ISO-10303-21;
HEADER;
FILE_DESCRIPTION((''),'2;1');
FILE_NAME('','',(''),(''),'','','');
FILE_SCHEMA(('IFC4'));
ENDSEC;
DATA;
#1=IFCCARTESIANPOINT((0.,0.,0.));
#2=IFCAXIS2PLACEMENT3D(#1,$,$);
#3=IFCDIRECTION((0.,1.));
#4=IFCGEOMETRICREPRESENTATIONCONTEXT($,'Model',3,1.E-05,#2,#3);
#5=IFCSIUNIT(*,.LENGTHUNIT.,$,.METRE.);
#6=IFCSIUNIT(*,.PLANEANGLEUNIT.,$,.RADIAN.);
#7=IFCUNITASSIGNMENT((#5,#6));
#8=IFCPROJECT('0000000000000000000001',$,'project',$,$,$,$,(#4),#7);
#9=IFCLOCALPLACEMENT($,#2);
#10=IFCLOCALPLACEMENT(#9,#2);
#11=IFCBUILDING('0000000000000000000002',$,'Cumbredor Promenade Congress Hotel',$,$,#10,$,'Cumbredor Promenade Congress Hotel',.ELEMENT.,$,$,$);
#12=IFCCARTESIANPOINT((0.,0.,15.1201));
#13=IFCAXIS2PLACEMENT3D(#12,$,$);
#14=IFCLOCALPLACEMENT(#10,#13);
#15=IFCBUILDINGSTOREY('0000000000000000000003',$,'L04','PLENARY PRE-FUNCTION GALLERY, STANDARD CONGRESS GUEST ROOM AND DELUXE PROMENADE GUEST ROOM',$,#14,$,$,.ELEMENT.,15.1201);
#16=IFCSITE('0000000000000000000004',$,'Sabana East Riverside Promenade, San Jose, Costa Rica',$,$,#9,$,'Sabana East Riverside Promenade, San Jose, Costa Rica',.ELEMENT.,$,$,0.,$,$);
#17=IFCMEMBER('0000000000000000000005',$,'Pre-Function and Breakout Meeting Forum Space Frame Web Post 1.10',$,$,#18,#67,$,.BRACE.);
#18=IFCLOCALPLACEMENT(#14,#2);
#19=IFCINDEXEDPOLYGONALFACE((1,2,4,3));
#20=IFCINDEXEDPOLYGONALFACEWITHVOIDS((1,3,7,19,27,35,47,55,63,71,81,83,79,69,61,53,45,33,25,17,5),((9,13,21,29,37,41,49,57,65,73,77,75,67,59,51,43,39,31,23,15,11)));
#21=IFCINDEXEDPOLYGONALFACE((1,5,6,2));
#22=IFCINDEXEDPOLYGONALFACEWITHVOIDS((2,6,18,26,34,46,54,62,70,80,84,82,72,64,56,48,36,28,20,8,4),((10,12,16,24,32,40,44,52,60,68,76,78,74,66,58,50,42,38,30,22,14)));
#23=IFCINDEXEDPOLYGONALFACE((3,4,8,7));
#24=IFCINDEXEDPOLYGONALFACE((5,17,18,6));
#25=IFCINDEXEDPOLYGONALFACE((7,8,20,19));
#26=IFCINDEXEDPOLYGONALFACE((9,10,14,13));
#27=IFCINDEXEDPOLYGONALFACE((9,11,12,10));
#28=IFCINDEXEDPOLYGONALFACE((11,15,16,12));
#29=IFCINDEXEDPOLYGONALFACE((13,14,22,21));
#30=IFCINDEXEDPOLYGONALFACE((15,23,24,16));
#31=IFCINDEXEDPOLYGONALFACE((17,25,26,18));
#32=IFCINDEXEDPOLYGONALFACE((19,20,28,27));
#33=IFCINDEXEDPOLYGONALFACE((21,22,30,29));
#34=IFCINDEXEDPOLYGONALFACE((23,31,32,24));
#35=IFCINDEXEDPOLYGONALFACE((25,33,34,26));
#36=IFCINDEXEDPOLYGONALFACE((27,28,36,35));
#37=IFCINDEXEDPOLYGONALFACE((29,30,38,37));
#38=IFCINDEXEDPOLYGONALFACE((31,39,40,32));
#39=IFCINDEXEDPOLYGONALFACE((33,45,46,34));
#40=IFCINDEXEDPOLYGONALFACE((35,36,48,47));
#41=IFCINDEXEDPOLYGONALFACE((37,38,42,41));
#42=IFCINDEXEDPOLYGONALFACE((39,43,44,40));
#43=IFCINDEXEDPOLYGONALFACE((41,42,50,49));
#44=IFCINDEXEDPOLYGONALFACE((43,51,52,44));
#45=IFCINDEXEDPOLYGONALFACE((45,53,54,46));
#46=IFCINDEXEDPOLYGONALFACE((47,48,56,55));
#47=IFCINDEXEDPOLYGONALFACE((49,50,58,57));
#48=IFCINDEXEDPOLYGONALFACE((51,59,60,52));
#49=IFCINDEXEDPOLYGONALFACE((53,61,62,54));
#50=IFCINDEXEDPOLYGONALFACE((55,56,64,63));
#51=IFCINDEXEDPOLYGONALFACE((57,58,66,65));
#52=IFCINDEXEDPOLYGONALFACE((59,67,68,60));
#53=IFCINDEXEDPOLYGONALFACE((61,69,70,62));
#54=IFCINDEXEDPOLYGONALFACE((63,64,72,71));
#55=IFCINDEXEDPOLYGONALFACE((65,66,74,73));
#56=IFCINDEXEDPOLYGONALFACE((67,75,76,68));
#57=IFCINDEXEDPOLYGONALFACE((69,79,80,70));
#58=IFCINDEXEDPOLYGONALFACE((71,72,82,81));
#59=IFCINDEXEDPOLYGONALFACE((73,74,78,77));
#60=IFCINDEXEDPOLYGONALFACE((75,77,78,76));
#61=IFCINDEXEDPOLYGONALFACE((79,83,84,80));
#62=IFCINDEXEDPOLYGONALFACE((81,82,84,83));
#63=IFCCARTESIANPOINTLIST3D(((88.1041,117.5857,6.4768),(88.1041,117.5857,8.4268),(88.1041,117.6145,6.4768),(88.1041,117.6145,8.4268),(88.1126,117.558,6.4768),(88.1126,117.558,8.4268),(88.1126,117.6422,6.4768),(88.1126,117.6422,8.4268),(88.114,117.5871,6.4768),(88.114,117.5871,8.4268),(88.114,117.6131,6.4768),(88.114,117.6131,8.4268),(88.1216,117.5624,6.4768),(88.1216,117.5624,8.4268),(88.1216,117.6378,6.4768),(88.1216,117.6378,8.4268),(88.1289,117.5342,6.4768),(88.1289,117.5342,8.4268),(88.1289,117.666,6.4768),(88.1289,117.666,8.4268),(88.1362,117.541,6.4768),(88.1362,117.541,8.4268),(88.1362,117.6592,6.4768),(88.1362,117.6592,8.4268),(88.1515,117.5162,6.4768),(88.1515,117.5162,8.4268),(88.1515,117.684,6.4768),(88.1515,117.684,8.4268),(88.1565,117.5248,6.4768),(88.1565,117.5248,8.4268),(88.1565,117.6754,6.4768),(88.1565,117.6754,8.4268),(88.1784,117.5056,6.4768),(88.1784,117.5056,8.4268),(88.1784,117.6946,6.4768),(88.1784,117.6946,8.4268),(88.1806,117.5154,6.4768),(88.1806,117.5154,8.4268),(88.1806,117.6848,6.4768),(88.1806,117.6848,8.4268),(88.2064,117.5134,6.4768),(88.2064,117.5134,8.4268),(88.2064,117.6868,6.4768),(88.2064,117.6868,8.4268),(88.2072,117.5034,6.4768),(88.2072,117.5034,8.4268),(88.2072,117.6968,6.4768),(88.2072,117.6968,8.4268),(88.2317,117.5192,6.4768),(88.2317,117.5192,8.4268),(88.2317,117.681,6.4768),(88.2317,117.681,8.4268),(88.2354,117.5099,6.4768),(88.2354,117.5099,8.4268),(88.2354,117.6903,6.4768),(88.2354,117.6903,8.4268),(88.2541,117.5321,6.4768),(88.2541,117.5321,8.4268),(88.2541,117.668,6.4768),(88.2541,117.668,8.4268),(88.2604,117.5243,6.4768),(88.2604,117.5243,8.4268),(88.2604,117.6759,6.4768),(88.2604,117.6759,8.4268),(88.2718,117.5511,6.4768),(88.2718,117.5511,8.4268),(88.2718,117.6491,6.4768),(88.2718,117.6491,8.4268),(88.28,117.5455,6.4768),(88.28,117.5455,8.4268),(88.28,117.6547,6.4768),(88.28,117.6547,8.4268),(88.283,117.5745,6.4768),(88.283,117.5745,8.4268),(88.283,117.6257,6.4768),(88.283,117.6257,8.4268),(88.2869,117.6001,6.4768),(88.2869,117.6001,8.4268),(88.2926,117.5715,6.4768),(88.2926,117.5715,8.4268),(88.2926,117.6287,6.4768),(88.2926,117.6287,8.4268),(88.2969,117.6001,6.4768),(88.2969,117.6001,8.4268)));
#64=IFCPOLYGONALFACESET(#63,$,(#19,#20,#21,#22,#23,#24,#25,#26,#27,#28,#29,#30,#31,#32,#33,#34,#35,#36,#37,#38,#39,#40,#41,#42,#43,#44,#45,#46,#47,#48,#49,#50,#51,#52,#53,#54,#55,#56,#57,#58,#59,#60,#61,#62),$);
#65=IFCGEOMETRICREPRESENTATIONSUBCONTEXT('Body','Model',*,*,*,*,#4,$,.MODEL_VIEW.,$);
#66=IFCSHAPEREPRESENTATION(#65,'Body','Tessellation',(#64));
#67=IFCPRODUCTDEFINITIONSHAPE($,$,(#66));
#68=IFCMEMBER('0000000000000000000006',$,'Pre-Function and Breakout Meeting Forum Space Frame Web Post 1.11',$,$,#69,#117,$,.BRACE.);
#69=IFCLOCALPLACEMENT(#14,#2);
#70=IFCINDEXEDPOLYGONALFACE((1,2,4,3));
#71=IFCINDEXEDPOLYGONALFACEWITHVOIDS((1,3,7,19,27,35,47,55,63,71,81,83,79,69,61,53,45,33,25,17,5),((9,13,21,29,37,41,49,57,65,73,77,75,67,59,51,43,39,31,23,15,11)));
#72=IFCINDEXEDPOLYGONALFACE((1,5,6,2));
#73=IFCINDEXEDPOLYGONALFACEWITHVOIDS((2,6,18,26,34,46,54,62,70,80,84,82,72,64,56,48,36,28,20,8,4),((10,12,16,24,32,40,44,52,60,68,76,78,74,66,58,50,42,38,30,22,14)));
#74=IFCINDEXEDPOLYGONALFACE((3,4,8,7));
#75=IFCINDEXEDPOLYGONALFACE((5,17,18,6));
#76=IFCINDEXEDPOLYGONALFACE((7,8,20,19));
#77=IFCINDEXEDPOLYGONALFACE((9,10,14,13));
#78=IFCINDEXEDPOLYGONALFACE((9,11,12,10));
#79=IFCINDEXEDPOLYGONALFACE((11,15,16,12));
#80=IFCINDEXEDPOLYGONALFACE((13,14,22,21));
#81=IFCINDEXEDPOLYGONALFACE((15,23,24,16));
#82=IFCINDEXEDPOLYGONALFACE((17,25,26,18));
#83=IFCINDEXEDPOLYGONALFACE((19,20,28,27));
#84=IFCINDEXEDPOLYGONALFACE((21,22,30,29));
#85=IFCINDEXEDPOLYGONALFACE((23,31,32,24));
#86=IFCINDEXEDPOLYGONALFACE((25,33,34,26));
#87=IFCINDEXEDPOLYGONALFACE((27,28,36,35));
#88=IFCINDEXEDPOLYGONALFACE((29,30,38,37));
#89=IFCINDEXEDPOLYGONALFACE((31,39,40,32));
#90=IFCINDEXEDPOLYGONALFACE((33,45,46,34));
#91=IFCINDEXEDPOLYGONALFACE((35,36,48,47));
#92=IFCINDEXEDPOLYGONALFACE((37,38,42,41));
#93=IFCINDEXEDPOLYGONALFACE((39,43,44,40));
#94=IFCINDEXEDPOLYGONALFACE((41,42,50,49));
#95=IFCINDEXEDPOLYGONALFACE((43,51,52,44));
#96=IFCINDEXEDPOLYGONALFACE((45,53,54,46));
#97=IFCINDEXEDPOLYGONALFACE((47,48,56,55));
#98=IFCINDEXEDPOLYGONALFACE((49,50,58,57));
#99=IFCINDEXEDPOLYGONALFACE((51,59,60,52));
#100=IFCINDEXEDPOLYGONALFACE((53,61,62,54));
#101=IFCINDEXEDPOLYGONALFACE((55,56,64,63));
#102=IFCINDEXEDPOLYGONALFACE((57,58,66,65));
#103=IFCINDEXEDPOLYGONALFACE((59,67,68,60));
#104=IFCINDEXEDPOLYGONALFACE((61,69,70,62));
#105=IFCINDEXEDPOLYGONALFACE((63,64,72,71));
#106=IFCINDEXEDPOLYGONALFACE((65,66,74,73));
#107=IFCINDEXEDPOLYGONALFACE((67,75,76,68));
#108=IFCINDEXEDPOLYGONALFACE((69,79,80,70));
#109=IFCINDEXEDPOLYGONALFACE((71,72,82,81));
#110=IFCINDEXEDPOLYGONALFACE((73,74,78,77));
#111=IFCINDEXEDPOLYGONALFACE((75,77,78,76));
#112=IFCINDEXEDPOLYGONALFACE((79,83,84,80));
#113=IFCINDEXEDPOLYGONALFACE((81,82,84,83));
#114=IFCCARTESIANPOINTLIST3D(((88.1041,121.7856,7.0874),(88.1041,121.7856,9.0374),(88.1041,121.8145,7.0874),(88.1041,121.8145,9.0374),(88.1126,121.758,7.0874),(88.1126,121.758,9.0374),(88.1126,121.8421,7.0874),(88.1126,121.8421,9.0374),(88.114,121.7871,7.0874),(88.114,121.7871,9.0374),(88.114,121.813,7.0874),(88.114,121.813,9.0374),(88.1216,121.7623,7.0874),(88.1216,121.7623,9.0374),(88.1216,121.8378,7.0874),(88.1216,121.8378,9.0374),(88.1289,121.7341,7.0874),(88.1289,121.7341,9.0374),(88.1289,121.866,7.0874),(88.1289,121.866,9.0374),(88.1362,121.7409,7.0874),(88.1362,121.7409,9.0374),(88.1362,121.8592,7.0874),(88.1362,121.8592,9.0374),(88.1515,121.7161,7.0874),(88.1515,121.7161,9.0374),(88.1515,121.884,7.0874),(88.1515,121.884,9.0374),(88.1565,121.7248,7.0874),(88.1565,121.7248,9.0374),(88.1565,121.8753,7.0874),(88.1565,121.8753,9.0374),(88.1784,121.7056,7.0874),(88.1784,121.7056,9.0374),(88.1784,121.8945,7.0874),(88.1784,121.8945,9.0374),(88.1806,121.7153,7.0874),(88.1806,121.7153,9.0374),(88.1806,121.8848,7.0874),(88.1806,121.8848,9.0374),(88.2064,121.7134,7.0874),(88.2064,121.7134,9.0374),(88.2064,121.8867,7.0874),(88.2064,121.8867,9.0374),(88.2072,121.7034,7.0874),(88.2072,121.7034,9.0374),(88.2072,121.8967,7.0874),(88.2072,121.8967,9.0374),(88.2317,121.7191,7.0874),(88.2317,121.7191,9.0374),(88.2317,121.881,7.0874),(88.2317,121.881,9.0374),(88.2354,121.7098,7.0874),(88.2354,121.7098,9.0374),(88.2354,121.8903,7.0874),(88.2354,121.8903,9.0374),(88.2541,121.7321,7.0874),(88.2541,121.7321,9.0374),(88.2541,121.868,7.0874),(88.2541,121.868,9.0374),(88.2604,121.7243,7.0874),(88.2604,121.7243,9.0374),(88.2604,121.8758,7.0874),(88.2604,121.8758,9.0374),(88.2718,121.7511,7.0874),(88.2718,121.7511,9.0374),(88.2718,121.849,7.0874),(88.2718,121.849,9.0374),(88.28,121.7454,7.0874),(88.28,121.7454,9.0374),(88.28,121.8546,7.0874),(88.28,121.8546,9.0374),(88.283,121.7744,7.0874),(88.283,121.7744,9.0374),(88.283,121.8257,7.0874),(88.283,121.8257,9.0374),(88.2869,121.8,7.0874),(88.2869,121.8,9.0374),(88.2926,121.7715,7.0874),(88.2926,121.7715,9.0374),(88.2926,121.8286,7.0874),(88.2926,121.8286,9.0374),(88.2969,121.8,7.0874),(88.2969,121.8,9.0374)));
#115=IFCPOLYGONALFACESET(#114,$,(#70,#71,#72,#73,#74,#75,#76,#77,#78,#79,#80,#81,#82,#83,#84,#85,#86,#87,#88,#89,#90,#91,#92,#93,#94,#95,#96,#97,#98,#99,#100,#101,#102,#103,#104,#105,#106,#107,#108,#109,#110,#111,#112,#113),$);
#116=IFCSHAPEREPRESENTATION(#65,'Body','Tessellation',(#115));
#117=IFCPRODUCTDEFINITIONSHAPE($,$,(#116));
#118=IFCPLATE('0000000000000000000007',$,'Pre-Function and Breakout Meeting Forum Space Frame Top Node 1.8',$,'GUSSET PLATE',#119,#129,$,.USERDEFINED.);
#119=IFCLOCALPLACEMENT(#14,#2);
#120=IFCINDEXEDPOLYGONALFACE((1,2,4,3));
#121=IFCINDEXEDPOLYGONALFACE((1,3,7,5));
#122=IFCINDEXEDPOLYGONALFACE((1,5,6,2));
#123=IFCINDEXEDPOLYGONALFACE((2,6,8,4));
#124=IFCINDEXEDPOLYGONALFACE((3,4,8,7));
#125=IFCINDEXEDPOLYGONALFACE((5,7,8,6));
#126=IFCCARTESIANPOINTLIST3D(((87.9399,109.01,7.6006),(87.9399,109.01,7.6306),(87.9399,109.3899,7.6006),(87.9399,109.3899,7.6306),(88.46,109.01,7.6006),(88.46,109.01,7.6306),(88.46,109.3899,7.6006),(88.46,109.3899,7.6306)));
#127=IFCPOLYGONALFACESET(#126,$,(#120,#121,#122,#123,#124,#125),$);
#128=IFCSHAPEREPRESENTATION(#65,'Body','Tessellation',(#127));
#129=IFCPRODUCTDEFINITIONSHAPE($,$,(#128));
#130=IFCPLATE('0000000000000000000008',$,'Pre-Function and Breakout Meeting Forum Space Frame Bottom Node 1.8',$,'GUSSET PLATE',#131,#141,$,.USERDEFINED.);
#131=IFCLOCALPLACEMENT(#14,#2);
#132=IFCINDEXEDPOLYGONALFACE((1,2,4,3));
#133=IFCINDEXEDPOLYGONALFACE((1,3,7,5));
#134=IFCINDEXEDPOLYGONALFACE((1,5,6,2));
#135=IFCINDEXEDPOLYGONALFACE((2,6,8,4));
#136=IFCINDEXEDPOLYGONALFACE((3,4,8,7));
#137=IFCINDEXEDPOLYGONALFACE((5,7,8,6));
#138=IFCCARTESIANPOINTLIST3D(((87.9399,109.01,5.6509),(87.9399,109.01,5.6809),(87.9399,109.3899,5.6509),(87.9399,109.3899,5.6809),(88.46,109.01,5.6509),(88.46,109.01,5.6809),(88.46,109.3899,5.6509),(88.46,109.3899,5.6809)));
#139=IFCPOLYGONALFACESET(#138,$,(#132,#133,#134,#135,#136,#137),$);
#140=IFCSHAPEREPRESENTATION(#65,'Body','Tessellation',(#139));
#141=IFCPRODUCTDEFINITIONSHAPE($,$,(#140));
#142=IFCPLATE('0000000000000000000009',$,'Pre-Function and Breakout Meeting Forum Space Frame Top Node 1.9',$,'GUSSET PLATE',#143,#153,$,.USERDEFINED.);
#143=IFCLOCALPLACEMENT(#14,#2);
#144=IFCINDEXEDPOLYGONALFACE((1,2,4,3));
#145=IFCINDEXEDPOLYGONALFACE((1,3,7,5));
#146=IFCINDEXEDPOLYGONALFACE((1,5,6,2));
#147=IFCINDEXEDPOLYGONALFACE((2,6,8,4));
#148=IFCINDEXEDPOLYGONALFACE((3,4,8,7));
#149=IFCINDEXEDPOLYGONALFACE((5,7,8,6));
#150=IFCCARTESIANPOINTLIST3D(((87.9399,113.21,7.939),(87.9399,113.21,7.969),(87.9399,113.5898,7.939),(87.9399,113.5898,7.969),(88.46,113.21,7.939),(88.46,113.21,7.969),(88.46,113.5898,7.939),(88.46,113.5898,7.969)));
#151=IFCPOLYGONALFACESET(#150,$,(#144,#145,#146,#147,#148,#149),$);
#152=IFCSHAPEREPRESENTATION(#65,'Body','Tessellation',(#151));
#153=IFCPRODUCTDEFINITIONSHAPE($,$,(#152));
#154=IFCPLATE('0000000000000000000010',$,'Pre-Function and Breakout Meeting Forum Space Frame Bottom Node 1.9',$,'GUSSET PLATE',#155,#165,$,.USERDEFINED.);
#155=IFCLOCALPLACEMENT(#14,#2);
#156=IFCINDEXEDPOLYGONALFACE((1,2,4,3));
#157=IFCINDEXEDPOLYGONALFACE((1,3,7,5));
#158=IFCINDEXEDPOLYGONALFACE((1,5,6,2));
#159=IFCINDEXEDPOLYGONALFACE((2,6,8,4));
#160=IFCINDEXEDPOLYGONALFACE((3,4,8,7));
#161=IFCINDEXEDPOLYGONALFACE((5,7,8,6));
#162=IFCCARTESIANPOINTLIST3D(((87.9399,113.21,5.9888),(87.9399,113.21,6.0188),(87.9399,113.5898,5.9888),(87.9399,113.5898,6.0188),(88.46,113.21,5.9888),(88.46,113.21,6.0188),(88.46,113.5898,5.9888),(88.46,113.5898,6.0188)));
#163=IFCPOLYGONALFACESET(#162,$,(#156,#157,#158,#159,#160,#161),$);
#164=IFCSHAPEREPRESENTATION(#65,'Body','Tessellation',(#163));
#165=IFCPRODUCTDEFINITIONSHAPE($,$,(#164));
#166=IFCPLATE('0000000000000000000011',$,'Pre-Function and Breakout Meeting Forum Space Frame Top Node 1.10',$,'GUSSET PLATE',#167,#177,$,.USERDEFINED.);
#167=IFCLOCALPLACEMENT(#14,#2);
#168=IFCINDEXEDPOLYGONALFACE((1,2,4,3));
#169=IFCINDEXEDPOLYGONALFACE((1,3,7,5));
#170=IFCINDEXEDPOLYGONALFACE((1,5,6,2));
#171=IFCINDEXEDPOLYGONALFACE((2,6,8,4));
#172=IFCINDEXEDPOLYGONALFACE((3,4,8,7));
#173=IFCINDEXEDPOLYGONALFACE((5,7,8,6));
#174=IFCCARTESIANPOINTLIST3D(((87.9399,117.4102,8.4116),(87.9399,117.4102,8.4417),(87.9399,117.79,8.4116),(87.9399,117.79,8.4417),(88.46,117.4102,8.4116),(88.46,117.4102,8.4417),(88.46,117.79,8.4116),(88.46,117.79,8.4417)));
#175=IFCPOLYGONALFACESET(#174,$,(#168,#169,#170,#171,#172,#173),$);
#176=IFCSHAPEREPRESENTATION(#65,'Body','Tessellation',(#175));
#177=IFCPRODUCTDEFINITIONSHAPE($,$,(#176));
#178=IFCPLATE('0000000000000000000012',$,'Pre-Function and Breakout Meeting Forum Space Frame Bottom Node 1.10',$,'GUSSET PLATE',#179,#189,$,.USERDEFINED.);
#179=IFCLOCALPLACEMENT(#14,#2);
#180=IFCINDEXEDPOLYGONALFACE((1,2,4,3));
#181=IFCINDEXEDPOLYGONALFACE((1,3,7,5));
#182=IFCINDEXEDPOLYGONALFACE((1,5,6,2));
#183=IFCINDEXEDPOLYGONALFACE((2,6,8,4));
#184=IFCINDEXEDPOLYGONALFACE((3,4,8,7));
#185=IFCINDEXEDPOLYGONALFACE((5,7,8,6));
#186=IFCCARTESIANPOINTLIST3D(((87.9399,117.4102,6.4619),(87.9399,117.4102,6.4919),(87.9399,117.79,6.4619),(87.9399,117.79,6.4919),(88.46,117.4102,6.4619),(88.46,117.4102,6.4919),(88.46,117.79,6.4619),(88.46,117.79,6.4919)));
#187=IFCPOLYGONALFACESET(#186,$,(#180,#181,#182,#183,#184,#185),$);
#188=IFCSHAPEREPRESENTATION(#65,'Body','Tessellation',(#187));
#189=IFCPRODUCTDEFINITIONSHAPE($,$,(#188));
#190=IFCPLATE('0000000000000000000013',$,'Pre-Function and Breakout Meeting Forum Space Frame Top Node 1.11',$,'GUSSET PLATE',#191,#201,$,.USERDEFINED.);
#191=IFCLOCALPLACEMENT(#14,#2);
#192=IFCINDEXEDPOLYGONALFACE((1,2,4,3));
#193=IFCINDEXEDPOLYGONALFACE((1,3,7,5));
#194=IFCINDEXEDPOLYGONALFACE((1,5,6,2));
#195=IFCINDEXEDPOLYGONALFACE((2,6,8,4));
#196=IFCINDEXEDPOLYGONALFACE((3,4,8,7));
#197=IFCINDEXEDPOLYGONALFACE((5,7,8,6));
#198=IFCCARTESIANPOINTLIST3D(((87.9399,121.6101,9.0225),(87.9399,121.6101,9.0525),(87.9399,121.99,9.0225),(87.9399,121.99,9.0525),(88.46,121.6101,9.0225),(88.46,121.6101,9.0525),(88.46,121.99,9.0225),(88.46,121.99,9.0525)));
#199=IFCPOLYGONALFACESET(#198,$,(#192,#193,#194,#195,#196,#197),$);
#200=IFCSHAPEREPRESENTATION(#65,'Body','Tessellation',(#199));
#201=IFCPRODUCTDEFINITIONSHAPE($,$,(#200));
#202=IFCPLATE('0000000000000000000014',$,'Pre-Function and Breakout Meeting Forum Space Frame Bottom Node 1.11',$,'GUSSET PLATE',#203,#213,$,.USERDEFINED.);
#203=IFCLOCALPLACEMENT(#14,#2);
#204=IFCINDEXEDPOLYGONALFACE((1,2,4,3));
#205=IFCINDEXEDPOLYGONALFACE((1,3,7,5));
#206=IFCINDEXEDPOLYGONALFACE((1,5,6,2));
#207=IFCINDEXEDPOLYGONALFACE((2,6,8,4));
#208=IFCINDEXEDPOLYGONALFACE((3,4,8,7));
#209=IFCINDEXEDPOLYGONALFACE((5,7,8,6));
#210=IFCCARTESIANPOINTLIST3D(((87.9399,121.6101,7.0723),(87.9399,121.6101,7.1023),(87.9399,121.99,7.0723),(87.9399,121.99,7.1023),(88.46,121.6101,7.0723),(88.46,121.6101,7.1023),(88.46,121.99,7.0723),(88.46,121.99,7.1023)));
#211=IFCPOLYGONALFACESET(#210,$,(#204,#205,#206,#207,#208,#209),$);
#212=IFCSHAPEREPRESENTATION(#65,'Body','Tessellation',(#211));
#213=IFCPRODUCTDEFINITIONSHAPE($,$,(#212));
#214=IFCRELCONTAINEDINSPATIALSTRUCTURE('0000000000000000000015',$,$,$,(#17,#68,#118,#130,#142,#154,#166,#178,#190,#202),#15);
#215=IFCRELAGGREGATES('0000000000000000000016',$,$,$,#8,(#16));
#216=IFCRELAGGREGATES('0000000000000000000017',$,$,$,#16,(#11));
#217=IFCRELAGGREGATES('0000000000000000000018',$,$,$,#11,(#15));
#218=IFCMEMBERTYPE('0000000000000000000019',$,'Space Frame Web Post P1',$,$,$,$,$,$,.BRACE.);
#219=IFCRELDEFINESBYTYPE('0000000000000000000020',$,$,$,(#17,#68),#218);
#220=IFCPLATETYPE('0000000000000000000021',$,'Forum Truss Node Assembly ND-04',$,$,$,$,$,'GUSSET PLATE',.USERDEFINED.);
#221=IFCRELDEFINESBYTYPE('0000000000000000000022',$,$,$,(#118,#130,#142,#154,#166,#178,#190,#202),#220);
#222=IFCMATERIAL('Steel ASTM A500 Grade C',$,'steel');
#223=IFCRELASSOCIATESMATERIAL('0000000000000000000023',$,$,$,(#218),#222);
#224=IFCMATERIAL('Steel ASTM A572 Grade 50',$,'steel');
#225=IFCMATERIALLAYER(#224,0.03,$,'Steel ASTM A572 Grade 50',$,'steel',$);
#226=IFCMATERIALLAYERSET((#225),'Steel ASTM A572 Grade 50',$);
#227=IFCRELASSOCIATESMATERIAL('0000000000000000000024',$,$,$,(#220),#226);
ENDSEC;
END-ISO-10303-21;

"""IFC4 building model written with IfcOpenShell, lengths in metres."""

from ifc_helpers import new_model, si_unit, direction, frame, origin, origin_2d, place, context, subcontext, project, spatial, rectangle, hollow_circle, extrude, material, layer, layer_set, material_profile, profile_set, type_object, element, save


model = new_model("IFC4")

# Units and contexts
model_context = context("Model", 3, precision=1e-05, world=origin(), true_north=direction((0.0, 1.0)))
body_context = subcontext(model_context, "Body", "Model", "MODEL_VIEW")
ifc_project = project(units=[si_unit("LENGTHUNIT", "METRE"), si_unit("PLANEANGLEUNIT", "RADIAN")], contexts=[model_context])

# Site, building, storey
site_placement = place(None, origin())
site = spatial("IfcSite", under=ifc_project, at=site_placement, Name="Sabana East Riverside Promenade, San Jose, Costa Rica", LongName="Sabana East Riverside Promenade, San Jose, Costa Rica", CompositionType="ELEMENT", RefElevation=0.0)
building_placement = place(site_placement, origin())
building = spatial("IfcBuilding", under=site, at=building_placement, Name="Cumbredor Promenade Congress Hotel", LongName="Cumbredor Promenade Congress Hotel", CompositionType="ELEMENT")
storey_placement = place(building_placement, frame((0.0, 0.0, 15.1201)))
storey = spatial("IfcBuildingStorey", under=building, at=storey_placement, Name="L04", Description="PLENARY PRE-FUNCTION GALLERY, STANDARD CONGRESS GUEST ROOM AND DELUXE PROMENADE GUEST ROOM", CompositionType="ELEMENT", Elevation=15.1201)

# Members
ifc_material_1 = material(Name="Steel ASTM A500 Grade C", Category="steel")
ifc_material_profile_1 = material_profile(ifc_material_1, hollow_circle(Radius=0.0969, WallThickness=0.01, at=origin_2d()), Name="CHS 193.7x10")
ifc_profile_set_1 = profile_set([ifc_material_profile_1], Name="Steel ASTM A500 Grade C")
member_type_1 = type_object("IfcMemberType", Name="Space Frame Web Post P1", PredefinedType="BRACE", material=ifc_profile_set_1)
for number, where, z_axis, x_axis, name in (
    (1, (88.2, 117.6001, 6.4768), (0.0, 0.0, 1.0), (1.0, 0.0, 0.0), "Pre-Function and Breakout Meeting Forum Space Frame Web Post 1.10"),
    (2, (88.2, 121.8, 7.0874), (0.0, 0.0, 1.0), (1.0, 0.0, 0.0), "Pre-Function and Breakout Meeting Forum Space Frame Web Post 1.11"),
):
    element("IfcMember", number, at=place(storey_placement, frame(where, z_axis=z_axis, x_axis=x_axis)), inside=storey, type_object=member_type_1, Name=name, PredefinedType="BRACE", context=body_context, shape_type="SweptSolid", body=[
        extrude(hollow_circle(Radius=0.0969, WallThickness=0.01, at=origin_2d()), origin(), (0.0, 0.0, 1.0), 1.95),
    ])

# Plates
ifc_material_2 = material(Name="Steel ASTM A572 Grade 50", Category="steel")
ifc_layer_1 = layer(ifc_material_2, 0.03, Name="Steel ASTM A572 Grade 50", Category="steel")
ifc_layer_set_1 = layer_set([ifc_layer_1], Name="Steel ASTM A572 Grade 50")
plate_type_1 = type_object("IfcPlateType", Name="Forum Truss Node Assembly ND-04", ElementType="GUSSET PLATE", PredefinedType="USERDEFINED", material=ifc_layer_set_1)
for number, where, z_axis, x_axis, name in (
    (3, (88.2, 109.2, 7.6006), (0.0, 0.0, 1.0), (1.0, 0.0, 0.0), "Pre-Function and Breakout Meeting Forum Space Frame Top Node 1.8"),
    (4, (88.2, 109.2, 5.6509), (0.0, 0.0, 1.0), (1.0, 0.0, 0.0), "Pre-Function and Breakout Meeting Forum Space Frame Bottom Node 1.8"),
    (5, (88.2, 113.3999, 7.939), (0.0, 0.0, 1.0), (1.0, 0.0, 0.0), "Pre-Function and Breakout Meeting Forum Space Frame Top Node 1.9"),
    (6, (88.2, 113.3999, 5.9888), (0.0, 0.0, 1.0), (1.0, 0.0, 0.0), "Pre-Function and Breakout Meeting Forum Space Frame Bottom Node 1.9"),
    (7, (88.2, 117.6001, 8.4116), (0.0, 0.0, 1.0), (1.0, 0.0, 0.0), "Pre-Function and Breakout Meeting Forum Space Frame Top Node 1.10"),
    (8, (88.2, 117.6001, 6.4619), (0.0, 0.0, 1.0), (1.0, 0.0, 0.0), "Pre-Function and Breakout Meeting Forum Space Frame Bottom Node 1.10"),
    (9, (88.2, 121.8, 9.0225), (0.0, 0.0, 1.0), (1.0, 0.0, 0.0), "Pre-Function and Breakout Meeting Forum Space Frame Top Node 1.11"),
    (10, (88.2, 121.8, 7.0723), (0.0, 0.0, 1.0), (1.0, 0.0, 0.0), "Pre-Function and Breakout Meeting Forum Space Frame Bottom Node 1.11"),
):
    element("IfcPlate", number, at=place(storey_placement, frame(where, z_axis=z_axis, x_axis=x_axis)), inside=storey, type_object=plate_type_1, Name=name, ObjectType="GUSSET PLATE", PredefinedType="USERDEFINED", context=body_context, shape_type="SweptSolid", body=[
        extrude(rectangle(XDim=0.52, YDim=0.3799, at=origin_2d()), origin(), (0.0, 0.0, 1.0), 0.03),
    ])

save(model, "model.ifc")
